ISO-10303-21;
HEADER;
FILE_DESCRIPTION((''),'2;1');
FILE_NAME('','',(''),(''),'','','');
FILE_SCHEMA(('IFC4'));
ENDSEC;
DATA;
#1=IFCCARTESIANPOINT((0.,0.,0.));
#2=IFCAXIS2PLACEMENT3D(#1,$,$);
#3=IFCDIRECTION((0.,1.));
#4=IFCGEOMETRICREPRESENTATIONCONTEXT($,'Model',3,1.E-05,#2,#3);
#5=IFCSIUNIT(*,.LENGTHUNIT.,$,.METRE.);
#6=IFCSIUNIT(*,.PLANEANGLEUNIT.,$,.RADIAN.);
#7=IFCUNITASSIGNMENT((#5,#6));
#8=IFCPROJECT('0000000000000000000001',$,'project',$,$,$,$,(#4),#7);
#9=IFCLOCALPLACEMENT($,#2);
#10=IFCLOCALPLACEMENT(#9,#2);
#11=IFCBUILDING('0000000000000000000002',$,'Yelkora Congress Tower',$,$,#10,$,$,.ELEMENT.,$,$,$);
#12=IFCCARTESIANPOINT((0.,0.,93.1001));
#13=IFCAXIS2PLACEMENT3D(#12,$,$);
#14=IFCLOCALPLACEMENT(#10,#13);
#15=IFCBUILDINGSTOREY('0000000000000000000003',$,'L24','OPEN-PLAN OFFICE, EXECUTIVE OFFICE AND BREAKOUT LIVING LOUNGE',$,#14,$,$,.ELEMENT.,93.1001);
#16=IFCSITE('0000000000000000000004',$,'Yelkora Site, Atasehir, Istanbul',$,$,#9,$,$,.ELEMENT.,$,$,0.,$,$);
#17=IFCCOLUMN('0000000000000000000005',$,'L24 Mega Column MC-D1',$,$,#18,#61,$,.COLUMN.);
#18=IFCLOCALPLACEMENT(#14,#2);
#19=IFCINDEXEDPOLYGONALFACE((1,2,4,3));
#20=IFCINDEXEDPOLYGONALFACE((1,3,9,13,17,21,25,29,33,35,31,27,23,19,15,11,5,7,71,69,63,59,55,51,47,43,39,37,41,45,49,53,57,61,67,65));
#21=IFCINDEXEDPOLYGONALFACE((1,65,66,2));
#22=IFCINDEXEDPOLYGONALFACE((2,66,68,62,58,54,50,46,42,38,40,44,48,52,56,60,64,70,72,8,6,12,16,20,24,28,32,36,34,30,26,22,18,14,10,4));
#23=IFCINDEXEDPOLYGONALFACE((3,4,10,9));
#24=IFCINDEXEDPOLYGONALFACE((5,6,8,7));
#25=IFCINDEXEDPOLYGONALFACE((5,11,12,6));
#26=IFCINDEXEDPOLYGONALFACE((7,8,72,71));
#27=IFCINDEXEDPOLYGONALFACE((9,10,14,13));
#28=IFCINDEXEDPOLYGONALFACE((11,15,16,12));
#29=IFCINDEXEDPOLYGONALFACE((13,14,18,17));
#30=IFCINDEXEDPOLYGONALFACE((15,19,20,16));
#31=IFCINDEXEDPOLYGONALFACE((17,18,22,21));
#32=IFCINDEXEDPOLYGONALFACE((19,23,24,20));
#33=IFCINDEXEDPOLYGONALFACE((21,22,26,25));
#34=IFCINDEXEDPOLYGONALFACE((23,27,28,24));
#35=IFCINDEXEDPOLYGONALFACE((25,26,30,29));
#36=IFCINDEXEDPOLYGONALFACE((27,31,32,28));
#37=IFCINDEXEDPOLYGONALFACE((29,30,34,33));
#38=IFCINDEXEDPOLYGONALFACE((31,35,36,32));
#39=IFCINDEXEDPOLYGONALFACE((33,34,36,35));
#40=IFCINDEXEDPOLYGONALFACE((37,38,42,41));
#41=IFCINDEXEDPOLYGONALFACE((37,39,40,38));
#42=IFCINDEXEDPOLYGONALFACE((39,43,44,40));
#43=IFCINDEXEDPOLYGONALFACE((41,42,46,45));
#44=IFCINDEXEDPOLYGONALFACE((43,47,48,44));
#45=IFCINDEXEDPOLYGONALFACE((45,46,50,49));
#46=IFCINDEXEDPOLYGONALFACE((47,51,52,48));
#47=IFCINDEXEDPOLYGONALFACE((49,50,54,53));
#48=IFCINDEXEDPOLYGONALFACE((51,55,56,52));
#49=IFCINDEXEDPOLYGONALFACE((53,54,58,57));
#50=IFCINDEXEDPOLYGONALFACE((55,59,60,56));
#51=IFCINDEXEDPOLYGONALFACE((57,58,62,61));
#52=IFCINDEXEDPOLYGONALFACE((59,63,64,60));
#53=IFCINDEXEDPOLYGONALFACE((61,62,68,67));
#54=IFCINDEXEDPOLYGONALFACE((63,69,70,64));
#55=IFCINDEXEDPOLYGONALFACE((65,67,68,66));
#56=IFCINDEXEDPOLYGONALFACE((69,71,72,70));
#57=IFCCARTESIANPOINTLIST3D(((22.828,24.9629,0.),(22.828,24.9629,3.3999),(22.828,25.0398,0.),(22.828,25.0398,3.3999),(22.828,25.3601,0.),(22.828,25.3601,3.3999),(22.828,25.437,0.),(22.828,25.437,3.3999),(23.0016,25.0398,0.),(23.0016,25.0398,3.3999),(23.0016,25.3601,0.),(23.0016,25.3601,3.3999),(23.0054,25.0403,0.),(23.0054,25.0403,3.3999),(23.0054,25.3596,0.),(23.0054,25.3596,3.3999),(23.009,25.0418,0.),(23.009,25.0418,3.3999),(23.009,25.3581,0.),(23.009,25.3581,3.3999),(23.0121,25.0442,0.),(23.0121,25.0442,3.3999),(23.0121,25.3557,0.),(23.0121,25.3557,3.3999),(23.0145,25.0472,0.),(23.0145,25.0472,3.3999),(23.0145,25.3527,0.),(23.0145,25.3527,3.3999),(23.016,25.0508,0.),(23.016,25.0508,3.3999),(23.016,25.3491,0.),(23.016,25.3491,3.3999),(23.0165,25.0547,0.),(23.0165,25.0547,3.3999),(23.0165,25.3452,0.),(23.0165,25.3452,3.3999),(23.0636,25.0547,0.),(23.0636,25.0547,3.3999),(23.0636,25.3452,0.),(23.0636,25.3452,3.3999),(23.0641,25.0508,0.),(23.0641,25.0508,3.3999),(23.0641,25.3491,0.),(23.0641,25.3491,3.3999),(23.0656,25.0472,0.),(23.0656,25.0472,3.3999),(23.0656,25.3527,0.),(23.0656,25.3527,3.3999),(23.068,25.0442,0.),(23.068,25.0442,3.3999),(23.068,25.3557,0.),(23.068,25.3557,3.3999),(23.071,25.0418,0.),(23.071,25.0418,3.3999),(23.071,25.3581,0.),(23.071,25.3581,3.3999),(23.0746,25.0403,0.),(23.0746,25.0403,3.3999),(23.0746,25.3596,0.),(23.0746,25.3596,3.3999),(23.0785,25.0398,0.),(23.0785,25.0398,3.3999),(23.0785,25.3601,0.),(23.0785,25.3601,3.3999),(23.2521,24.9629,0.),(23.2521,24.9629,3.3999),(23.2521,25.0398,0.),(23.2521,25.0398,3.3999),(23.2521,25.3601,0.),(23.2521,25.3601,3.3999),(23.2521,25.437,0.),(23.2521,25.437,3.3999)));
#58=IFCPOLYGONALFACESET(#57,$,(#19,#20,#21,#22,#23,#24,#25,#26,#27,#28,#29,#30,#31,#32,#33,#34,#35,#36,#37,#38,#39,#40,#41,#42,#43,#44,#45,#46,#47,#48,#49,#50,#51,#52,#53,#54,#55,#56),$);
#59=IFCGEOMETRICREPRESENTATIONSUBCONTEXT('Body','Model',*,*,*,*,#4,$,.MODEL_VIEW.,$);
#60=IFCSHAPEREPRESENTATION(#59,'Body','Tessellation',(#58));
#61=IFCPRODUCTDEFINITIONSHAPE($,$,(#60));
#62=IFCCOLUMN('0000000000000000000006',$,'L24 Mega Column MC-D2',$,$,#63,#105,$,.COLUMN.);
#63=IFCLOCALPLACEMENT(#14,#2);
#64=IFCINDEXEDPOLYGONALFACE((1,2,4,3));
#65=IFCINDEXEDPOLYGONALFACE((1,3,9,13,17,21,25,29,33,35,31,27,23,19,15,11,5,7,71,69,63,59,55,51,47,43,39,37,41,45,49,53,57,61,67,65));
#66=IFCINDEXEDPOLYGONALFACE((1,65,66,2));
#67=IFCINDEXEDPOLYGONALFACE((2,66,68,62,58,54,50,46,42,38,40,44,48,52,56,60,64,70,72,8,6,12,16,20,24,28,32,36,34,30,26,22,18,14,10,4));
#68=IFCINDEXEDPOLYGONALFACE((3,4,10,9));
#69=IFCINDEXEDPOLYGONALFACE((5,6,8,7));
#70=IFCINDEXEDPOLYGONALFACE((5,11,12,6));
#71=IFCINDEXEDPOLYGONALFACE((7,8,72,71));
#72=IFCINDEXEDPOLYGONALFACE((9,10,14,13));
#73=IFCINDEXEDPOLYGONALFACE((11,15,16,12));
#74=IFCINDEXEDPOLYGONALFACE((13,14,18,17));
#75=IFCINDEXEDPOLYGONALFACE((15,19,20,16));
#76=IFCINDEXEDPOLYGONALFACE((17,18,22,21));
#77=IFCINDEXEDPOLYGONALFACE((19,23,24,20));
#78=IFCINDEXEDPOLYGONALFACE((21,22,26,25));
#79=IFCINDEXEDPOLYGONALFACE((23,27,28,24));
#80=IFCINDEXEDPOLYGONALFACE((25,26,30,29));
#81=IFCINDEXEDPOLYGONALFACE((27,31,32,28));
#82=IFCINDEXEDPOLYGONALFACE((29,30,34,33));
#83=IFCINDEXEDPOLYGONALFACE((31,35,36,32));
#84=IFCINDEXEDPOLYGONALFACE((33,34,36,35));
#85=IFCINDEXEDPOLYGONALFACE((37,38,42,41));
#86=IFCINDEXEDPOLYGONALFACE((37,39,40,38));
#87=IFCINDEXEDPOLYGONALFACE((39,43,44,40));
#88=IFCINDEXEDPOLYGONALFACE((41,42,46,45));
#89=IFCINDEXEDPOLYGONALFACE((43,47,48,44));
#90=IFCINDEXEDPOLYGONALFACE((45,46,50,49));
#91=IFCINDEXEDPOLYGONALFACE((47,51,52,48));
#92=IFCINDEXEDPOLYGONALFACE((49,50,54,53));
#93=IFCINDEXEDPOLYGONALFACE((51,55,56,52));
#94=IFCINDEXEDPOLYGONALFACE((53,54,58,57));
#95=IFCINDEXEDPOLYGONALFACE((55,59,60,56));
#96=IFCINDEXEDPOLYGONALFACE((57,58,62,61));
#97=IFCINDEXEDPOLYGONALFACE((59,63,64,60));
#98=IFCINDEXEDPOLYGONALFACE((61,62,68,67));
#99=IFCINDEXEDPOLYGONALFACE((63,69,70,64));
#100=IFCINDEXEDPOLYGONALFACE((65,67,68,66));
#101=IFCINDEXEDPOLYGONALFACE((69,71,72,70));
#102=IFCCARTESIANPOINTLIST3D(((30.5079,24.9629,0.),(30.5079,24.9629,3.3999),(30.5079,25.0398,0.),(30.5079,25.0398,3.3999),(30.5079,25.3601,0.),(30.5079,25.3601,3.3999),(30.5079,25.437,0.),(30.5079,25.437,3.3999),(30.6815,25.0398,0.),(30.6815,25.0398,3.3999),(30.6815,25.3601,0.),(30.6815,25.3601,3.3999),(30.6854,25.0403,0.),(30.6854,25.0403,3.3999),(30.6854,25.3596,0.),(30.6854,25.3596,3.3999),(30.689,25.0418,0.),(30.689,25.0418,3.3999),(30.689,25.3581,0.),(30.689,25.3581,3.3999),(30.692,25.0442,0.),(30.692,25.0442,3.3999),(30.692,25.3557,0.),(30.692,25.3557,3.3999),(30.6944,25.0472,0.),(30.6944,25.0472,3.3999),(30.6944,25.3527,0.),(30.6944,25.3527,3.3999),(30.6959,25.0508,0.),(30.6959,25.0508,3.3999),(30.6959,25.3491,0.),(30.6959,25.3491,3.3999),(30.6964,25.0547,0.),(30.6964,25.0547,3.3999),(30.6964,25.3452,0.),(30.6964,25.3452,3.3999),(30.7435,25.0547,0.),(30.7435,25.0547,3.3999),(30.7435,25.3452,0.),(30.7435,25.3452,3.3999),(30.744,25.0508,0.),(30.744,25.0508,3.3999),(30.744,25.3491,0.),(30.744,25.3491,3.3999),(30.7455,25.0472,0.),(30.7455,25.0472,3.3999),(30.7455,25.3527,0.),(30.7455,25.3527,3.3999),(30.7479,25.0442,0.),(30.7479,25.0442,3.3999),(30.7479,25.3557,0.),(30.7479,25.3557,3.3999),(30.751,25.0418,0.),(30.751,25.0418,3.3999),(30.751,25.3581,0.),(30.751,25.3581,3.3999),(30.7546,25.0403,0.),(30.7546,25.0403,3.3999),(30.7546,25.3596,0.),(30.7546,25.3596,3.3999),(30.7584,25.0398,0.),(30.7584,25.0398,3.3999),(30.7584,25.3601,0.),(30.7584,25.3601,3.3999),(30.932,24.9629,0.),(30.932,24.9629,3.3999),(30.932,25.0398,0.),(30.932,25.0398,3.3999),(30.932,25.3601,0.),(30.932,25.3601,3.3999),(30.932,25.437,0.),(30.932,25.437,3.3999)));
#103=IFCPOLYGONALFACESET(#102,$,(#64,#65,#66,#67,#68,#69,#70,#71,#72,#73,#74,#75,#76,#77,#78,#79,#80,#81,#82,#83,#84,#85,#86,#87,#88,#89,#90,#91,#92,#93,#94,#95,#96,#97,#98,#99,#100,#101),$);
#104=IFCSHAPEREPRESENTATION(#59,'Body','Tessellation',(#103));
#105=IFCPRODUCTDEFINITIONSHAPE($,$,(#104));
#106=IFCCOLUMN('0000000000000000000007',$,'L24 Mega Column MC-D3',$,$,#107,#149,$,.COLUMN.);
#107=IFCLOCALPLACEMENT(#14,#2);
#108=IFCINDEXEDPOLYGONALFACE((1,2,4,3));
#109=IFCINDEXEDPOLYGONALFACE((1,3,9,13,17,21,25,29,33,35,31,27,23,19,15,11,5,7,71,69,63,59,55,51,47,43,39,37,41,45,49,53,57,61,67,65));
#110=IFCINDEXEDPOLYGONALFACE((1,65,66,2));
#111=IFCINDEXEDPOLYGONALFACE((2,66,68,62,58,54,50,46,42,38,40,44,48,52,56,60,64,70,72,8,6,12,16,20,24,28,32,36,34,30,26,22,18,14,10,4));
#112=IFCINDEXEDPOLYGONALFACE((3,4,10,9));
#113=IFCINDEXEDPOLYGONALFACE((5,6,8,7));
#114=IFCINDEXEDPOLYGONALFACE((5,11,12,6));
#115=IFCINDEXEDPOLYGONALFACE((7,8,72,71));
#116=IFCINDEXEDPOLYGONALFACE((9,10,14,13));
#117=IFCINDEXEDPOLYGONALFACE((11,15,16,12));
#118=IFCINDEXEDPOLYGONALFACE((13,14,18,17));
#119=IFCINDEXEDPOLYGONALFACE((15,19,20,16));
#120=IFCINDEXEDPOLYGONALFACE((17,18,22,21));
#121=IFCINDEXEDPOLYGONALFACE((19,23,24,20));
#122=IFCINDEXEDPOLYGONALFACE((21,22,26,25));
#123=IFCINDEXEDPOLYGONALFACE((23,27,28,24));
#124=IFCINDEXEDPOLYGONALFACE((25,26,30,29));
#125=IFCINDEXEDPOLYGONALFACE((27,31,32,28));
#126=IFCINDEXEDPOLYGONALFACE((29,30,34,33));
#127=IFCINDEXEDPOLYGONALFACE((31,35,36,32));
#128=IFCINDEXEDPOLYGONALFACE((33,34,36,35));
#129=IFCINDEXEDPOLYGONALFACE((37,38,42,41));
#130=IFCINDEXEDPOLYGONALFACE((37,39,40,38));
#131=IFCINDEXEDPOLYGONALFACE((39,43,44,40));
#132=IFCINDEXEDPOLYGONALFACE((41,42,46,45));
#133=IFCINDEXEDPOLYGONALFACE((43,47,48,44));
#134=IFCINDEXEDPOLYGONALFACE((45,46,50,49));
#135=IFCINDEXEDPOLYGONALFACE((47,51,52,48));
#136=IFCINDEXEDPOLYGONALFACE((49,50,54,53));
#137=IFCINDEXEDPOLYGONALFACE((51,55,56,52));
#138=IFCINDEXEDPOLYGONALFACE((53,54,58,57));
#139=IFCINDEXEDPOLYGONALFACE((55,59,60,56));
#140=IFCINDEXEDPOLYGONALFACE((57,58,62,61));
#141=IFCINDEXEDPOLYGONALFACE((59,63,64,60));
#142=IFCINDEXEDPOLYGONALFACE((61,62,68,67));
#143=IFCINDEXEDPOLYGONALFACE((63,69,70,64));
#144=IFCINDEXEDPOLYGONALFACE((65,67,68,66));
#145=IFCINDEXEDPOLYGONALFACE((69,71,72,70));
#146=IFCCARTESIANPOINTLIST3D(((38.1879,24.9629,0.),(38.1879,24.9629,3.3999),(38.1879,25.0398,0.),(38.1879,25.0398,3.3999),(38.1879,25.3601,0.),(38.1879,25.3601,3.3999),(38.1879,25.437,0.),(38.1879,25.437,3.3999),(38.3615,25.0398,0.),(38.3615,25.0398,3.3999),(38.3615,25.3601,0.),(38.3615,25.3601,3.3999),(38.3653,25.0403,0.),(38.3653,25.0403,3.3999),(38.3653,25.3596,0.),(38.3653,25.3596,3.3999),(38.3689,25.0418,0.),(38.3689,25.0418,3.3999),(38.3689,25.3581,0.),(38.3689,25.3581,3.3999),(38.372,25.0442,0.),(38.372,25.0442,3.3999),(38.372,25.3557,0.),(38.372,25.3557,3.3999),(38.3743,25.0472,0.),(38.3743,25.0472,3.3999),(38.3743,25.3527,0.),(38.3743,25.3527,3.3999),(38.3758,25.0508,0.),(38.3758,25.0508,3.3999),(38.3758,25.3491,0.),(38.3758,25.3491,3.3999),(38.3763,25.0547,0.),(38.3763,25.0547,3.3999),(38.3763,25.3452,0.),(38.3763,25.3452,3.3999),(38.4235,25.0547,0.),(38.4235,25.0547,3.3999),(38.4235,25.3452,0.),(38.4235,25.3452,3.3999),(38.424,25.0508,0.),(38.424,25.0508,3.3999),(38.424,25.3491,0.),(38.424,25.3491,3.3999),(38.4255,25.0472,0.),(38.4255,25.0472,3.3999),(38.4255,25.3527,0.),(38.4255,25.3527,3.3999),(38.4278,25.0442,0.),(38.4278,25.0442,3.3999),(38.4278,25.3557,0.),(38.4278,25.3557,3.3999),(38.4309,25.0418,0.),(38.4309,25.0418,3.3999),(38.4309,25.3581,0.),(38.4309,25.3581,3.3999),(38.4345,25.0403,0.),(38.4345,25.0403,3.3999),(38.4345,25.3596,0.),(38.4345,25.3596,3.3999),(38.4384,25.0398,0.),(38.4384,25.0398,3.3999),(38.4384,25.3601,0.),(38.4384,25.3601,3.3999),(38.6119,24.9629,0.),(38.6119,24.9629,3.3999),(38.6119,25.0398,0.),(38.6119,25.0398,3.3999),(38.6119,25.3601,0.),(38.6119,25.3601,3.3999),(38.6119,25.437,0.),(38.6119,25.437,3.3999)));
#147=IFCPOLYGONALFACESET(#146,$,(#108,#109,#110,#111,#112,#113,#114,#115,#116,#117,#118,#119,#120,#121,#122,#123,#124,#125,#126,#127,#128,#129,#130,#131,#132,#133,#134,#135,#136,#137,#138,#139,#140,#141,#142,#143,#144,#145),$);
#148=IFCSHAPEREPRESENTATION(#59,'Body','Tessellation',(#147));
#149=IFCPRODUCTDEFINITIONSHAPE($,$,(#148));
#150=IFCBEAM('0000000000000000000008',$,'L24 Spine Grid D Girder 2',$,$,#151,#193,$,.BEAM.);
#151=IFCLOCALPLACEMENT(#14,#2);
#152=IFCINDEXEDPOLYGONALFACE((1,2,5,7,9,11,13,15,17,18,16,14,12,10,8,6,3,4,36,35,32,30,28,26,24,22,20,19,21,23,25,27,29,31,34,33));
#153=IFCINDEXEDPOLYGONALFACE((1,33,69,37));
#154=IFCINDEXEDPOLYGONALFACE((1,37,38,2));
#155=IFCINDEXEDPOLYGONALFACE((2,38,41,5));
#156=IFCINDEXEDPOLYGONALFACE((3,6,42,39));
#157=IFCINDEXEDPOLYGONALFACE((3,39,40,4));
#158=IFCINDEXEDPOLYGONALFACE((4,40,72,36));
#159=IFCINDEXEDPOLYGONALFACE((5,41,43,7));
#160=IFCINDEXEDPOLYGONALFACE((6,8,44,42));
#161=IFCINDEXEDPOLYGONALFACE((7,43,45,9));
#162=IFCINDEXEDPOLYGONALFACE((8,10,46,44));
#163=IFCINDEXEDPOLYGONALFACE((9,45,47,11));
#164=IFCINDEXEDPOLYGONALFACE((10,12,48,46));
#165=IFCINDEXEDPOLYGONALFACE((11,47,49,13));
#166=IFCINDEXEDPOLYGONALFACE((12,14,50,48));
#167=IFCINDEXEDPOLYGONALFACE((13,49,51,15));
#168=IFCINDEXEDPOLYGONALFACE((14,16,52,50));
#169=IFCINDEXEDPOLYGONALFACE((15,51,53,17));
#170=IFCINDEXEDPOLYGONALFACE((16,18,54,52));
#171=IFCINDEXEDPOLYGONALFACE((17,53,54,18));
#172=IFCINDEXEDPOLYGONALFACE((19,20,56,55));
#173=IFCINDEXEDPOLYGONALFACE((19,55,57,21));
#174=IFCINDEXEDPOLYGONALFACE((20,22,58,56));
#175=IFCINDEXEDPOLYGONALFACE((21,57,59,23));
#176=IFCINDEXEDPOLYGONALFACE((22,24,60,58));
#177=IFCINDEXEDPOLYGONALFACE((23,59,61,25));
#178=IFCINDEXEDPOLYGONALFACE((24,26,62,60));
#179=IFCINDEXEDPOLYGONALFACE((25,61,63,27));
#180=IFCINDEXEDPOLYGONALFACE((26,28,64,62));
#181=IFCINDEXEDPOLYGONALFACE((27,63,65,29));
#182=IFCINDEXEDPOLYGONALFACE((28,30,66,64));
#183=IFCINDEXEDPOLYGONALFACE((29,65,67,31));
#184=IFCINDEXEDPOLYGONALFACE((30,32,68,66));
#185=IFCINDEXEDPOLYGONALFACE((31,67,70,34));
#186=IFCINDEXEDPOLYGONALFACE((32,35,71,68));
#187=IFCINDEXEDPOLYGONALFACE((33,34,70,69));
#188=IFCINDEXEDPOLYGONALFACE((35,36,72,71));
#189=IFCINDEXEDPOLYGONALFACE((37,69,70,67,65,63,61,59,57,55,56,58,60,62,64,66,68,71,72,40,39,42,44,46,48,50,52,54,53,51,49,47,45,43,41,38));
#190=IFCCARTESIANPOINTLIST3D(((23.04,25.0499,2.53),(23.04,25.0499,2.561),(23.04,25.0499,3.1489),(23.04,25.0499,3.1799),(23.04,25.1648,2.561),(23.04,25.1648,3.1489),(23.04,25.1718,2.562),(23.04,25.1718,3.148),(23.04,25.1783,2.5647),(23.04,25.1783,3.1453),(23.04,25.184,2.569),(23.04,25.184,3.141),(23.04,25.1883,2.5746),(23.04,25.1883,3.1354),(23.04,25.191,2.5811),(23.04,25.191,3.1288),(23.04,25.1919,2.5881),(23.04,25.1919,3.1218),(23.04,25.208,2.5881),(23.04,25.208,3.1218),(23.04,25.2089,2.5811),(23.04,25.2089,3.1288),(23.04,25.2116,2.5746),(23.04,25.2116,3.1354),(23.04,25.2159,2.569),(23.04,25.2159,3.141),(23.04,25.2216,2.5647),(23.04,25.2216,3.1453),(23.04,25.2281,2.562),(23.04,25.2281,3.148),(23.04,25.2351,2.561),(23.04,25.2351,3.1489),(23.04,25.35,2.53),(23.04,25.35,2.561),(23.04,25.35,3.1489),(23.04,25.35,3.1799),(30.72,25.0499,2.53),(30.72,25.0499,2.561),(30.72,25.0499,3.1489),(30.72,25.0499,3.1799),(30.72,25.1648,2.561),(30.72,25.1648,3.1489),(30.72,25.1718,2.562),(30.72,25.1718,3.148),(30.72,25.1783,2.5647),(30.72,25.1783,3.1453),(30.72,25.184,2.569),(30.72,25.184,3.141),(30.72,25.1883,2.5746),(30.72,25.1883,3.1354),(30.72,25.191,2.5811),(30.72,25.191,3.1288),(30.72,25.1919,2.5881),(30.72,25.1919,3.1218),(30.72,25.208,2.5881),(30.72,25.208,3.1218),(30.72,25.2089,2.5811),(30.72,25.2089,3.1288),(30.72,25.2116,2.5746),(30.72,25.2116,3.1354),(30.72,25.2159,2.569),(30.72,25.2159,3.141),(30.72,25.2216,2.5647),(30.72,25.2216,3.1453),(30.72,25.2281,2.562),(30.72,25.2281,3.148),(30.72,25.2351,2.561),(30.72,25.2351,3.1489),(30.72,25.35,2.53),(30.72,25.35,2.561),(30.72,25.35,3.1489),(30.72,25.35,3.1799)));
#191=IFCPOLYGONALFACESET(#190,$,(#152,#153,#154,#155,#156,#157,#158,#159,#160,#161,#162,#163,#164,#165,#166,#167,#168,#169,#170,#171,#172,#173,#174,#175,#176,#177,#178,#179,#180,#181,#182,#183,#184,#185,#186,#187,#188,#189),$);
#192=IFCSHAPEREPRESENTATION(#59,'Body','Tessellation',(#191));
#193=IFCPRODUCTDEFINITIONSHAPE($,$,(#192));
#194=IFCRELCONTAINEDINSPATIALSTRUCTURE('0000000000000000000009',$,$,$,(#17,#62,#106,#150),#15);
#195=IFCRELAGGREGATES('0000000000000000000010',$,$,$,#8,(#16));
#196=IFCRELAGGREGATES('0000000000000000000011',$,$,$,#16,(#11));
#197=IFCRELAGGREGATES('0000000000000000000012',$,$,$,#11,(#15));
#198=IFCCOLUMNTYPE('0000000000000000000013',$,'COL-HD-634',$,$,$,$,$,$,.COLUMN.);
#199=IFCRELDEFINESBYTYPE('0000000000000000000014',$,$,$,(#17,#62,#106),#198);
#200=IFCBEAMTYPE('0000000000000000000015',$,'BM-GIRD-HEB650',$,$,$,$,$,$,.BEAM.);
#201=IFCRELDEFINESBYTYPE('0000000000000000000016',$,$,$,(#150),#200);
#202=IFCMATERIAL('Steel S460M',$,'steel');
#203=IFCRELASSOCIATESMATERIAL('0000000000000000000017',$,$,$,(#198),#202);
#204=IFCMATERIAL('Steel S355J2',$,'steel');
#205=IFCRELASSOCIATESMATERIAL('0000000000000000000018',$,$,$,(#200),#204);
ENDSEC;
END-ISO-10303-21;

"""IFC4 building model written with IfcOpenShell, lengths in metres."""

from ifc_helpers import new_model, si_unit, direction, frame, origin, origin_2d, place, context, subcontext, project, spatial, i_section, extrude, material, material_profile, profile_set, type_object, element, save


model = new_model("IFC4")

# Units and contexts
model_context = context("Model", 3, precision=1e-05, world=origin(), true_north=direction((0.0, 1.0)))
body_context = subcontext(model_context, "Body", "Model", "MODEL_VIEW")
ifc_project = project(units=[si_unit("LENGTHUNIT", "METRE"), si_unit("PLANEANGLEUNIT", "RADIAN")], contexts=[model_context])

# Site, building, storey
site_placement = place(None, origin())
site = spatial("IfcSite", under=ifc_project, at=site_placement, Name="Yelkora Site, Atasehir, Istanbul", CompositionType="ELEMENT", RefElevation=0.0)
building_placement = place(site_placement, origin())
building = spatial("IfcBuilding", under=site, at=building_placement, Name="Yelkora Congress Tower", CompositionType="ELEMENT")
storey_placement = place(building_placement, frame((0.0, 0.0, 93.1001)))
storey = spatial("IfcBuildingStorey", under=building, at=storey_placement, Name="L24", Description="OPEN-PLAN OFFICE, EXECUTIVE OFFICE AND BREAKOUT LIVING LOUNGE", CompositionType="ELEMENT", Elevation=93.1001)

# Columns
ifc_material_1 = material(Name="Steel S460M", Category="steel")
ifc_material_profile_1 = material_profile(ifc_material_1, i_section(OverallWidth=0.4241, OverallDepth=0.4741, WebThickness=0.0471, FlangeThickness=0.0769, FilletRadius=0.0149, at=origin_2d()), Name="HD 400x634")
ifc_profile_set_1 = profile_set([ifc_material_profile_1], Name="Steel S460M")
column_type = type_object("IfcColumnType", Name="COL-HD-634", PredefinedType="COLUMN", material=ifc_profile_set_1)
for number, where, z_axis, x_axis, name in (
    (1, (23.04, 25.2, 0.0), (0.0, 0.0, 1.0), (1.0, 0.0, 0.0), "L24 Mega Column MC-D1"),
    (2, (30.72, 25.2, 0.0), (0.0, 0.0, 1.0), (1.0, 0.0, 0.0), "L24 Mega Column MC-D2"),
    (3, (38.3999, 25.2, 0.0), (0.0, 0.0, 1.0), (1.0, 0.0, 0.0), "L24 Mega Column MC-D3"),
):
    element("IfcColumn", number, at=place(storey_placement, frame(where, z_axis=z_axis, x_axis=x_axis)), inside=storey, type_object=column_type, Name=name, PredefinedType="COLUMN", context=body_context, shape_type="SweptSolid", body=[
        extrude(i_section(OverallWidth=0.4241, OverallDepth=0.4741, WebThickness=0.0471, FlangeThickness=0.0769, FilletRadius=0.0149, at=origin_2d()), origin(), (0.0, 0.0, 1.0), 3.3999),
    ])

# Beam
ifc_material_2 = material(Name="Steel S355J2", Category="steel")
ifc_material_profile_2 = material_profile(ifc_material_2, i_section(OverallWidth=0.3, OverallDepth=0.6499, WebThickness=0.0161, FlangeThickness=0.031, FilletRadius=0.0271, at=origin_2d()), Name="HEB 650")
ifc_profile_set_2 = profile_set([ifc_material_profile_2], Name="Steel S355J2")
beam_type_1 = type_object("IfcBeamType", Name="BM-GIRD-HEB650", PredefinedType="BEAM", material=ifc_profile_set_2)
for number, where, z_axis, x_axis, name in (
    (4, (23.04, 25.2, 2.855), (1.0, 0.0, 0.0), (0.0, 1.0, 0.0), "L24 Spine Grid D Girder 2"),
):
    element("IfcBeam", number, at=place(storey_placement, frame(where, z_axis=z_axis, x_axis=x_axis)), inside=storey, type_object=beam_type_1, Name=name, PredefinedType="BEAM", context=body_context, shape_type="SweptSolid", body=[
        extrude(i_section(OverallWidth=0.3, OverallDepth=0.6499, WebThickness=0.0161, FlangeThickness=0.031, FilletRadius=0.0271, at=origin_2d()), origin(), (0.0, 0.0, 1.0), 7.6799),
    ])

save(model, "model.ifc")
